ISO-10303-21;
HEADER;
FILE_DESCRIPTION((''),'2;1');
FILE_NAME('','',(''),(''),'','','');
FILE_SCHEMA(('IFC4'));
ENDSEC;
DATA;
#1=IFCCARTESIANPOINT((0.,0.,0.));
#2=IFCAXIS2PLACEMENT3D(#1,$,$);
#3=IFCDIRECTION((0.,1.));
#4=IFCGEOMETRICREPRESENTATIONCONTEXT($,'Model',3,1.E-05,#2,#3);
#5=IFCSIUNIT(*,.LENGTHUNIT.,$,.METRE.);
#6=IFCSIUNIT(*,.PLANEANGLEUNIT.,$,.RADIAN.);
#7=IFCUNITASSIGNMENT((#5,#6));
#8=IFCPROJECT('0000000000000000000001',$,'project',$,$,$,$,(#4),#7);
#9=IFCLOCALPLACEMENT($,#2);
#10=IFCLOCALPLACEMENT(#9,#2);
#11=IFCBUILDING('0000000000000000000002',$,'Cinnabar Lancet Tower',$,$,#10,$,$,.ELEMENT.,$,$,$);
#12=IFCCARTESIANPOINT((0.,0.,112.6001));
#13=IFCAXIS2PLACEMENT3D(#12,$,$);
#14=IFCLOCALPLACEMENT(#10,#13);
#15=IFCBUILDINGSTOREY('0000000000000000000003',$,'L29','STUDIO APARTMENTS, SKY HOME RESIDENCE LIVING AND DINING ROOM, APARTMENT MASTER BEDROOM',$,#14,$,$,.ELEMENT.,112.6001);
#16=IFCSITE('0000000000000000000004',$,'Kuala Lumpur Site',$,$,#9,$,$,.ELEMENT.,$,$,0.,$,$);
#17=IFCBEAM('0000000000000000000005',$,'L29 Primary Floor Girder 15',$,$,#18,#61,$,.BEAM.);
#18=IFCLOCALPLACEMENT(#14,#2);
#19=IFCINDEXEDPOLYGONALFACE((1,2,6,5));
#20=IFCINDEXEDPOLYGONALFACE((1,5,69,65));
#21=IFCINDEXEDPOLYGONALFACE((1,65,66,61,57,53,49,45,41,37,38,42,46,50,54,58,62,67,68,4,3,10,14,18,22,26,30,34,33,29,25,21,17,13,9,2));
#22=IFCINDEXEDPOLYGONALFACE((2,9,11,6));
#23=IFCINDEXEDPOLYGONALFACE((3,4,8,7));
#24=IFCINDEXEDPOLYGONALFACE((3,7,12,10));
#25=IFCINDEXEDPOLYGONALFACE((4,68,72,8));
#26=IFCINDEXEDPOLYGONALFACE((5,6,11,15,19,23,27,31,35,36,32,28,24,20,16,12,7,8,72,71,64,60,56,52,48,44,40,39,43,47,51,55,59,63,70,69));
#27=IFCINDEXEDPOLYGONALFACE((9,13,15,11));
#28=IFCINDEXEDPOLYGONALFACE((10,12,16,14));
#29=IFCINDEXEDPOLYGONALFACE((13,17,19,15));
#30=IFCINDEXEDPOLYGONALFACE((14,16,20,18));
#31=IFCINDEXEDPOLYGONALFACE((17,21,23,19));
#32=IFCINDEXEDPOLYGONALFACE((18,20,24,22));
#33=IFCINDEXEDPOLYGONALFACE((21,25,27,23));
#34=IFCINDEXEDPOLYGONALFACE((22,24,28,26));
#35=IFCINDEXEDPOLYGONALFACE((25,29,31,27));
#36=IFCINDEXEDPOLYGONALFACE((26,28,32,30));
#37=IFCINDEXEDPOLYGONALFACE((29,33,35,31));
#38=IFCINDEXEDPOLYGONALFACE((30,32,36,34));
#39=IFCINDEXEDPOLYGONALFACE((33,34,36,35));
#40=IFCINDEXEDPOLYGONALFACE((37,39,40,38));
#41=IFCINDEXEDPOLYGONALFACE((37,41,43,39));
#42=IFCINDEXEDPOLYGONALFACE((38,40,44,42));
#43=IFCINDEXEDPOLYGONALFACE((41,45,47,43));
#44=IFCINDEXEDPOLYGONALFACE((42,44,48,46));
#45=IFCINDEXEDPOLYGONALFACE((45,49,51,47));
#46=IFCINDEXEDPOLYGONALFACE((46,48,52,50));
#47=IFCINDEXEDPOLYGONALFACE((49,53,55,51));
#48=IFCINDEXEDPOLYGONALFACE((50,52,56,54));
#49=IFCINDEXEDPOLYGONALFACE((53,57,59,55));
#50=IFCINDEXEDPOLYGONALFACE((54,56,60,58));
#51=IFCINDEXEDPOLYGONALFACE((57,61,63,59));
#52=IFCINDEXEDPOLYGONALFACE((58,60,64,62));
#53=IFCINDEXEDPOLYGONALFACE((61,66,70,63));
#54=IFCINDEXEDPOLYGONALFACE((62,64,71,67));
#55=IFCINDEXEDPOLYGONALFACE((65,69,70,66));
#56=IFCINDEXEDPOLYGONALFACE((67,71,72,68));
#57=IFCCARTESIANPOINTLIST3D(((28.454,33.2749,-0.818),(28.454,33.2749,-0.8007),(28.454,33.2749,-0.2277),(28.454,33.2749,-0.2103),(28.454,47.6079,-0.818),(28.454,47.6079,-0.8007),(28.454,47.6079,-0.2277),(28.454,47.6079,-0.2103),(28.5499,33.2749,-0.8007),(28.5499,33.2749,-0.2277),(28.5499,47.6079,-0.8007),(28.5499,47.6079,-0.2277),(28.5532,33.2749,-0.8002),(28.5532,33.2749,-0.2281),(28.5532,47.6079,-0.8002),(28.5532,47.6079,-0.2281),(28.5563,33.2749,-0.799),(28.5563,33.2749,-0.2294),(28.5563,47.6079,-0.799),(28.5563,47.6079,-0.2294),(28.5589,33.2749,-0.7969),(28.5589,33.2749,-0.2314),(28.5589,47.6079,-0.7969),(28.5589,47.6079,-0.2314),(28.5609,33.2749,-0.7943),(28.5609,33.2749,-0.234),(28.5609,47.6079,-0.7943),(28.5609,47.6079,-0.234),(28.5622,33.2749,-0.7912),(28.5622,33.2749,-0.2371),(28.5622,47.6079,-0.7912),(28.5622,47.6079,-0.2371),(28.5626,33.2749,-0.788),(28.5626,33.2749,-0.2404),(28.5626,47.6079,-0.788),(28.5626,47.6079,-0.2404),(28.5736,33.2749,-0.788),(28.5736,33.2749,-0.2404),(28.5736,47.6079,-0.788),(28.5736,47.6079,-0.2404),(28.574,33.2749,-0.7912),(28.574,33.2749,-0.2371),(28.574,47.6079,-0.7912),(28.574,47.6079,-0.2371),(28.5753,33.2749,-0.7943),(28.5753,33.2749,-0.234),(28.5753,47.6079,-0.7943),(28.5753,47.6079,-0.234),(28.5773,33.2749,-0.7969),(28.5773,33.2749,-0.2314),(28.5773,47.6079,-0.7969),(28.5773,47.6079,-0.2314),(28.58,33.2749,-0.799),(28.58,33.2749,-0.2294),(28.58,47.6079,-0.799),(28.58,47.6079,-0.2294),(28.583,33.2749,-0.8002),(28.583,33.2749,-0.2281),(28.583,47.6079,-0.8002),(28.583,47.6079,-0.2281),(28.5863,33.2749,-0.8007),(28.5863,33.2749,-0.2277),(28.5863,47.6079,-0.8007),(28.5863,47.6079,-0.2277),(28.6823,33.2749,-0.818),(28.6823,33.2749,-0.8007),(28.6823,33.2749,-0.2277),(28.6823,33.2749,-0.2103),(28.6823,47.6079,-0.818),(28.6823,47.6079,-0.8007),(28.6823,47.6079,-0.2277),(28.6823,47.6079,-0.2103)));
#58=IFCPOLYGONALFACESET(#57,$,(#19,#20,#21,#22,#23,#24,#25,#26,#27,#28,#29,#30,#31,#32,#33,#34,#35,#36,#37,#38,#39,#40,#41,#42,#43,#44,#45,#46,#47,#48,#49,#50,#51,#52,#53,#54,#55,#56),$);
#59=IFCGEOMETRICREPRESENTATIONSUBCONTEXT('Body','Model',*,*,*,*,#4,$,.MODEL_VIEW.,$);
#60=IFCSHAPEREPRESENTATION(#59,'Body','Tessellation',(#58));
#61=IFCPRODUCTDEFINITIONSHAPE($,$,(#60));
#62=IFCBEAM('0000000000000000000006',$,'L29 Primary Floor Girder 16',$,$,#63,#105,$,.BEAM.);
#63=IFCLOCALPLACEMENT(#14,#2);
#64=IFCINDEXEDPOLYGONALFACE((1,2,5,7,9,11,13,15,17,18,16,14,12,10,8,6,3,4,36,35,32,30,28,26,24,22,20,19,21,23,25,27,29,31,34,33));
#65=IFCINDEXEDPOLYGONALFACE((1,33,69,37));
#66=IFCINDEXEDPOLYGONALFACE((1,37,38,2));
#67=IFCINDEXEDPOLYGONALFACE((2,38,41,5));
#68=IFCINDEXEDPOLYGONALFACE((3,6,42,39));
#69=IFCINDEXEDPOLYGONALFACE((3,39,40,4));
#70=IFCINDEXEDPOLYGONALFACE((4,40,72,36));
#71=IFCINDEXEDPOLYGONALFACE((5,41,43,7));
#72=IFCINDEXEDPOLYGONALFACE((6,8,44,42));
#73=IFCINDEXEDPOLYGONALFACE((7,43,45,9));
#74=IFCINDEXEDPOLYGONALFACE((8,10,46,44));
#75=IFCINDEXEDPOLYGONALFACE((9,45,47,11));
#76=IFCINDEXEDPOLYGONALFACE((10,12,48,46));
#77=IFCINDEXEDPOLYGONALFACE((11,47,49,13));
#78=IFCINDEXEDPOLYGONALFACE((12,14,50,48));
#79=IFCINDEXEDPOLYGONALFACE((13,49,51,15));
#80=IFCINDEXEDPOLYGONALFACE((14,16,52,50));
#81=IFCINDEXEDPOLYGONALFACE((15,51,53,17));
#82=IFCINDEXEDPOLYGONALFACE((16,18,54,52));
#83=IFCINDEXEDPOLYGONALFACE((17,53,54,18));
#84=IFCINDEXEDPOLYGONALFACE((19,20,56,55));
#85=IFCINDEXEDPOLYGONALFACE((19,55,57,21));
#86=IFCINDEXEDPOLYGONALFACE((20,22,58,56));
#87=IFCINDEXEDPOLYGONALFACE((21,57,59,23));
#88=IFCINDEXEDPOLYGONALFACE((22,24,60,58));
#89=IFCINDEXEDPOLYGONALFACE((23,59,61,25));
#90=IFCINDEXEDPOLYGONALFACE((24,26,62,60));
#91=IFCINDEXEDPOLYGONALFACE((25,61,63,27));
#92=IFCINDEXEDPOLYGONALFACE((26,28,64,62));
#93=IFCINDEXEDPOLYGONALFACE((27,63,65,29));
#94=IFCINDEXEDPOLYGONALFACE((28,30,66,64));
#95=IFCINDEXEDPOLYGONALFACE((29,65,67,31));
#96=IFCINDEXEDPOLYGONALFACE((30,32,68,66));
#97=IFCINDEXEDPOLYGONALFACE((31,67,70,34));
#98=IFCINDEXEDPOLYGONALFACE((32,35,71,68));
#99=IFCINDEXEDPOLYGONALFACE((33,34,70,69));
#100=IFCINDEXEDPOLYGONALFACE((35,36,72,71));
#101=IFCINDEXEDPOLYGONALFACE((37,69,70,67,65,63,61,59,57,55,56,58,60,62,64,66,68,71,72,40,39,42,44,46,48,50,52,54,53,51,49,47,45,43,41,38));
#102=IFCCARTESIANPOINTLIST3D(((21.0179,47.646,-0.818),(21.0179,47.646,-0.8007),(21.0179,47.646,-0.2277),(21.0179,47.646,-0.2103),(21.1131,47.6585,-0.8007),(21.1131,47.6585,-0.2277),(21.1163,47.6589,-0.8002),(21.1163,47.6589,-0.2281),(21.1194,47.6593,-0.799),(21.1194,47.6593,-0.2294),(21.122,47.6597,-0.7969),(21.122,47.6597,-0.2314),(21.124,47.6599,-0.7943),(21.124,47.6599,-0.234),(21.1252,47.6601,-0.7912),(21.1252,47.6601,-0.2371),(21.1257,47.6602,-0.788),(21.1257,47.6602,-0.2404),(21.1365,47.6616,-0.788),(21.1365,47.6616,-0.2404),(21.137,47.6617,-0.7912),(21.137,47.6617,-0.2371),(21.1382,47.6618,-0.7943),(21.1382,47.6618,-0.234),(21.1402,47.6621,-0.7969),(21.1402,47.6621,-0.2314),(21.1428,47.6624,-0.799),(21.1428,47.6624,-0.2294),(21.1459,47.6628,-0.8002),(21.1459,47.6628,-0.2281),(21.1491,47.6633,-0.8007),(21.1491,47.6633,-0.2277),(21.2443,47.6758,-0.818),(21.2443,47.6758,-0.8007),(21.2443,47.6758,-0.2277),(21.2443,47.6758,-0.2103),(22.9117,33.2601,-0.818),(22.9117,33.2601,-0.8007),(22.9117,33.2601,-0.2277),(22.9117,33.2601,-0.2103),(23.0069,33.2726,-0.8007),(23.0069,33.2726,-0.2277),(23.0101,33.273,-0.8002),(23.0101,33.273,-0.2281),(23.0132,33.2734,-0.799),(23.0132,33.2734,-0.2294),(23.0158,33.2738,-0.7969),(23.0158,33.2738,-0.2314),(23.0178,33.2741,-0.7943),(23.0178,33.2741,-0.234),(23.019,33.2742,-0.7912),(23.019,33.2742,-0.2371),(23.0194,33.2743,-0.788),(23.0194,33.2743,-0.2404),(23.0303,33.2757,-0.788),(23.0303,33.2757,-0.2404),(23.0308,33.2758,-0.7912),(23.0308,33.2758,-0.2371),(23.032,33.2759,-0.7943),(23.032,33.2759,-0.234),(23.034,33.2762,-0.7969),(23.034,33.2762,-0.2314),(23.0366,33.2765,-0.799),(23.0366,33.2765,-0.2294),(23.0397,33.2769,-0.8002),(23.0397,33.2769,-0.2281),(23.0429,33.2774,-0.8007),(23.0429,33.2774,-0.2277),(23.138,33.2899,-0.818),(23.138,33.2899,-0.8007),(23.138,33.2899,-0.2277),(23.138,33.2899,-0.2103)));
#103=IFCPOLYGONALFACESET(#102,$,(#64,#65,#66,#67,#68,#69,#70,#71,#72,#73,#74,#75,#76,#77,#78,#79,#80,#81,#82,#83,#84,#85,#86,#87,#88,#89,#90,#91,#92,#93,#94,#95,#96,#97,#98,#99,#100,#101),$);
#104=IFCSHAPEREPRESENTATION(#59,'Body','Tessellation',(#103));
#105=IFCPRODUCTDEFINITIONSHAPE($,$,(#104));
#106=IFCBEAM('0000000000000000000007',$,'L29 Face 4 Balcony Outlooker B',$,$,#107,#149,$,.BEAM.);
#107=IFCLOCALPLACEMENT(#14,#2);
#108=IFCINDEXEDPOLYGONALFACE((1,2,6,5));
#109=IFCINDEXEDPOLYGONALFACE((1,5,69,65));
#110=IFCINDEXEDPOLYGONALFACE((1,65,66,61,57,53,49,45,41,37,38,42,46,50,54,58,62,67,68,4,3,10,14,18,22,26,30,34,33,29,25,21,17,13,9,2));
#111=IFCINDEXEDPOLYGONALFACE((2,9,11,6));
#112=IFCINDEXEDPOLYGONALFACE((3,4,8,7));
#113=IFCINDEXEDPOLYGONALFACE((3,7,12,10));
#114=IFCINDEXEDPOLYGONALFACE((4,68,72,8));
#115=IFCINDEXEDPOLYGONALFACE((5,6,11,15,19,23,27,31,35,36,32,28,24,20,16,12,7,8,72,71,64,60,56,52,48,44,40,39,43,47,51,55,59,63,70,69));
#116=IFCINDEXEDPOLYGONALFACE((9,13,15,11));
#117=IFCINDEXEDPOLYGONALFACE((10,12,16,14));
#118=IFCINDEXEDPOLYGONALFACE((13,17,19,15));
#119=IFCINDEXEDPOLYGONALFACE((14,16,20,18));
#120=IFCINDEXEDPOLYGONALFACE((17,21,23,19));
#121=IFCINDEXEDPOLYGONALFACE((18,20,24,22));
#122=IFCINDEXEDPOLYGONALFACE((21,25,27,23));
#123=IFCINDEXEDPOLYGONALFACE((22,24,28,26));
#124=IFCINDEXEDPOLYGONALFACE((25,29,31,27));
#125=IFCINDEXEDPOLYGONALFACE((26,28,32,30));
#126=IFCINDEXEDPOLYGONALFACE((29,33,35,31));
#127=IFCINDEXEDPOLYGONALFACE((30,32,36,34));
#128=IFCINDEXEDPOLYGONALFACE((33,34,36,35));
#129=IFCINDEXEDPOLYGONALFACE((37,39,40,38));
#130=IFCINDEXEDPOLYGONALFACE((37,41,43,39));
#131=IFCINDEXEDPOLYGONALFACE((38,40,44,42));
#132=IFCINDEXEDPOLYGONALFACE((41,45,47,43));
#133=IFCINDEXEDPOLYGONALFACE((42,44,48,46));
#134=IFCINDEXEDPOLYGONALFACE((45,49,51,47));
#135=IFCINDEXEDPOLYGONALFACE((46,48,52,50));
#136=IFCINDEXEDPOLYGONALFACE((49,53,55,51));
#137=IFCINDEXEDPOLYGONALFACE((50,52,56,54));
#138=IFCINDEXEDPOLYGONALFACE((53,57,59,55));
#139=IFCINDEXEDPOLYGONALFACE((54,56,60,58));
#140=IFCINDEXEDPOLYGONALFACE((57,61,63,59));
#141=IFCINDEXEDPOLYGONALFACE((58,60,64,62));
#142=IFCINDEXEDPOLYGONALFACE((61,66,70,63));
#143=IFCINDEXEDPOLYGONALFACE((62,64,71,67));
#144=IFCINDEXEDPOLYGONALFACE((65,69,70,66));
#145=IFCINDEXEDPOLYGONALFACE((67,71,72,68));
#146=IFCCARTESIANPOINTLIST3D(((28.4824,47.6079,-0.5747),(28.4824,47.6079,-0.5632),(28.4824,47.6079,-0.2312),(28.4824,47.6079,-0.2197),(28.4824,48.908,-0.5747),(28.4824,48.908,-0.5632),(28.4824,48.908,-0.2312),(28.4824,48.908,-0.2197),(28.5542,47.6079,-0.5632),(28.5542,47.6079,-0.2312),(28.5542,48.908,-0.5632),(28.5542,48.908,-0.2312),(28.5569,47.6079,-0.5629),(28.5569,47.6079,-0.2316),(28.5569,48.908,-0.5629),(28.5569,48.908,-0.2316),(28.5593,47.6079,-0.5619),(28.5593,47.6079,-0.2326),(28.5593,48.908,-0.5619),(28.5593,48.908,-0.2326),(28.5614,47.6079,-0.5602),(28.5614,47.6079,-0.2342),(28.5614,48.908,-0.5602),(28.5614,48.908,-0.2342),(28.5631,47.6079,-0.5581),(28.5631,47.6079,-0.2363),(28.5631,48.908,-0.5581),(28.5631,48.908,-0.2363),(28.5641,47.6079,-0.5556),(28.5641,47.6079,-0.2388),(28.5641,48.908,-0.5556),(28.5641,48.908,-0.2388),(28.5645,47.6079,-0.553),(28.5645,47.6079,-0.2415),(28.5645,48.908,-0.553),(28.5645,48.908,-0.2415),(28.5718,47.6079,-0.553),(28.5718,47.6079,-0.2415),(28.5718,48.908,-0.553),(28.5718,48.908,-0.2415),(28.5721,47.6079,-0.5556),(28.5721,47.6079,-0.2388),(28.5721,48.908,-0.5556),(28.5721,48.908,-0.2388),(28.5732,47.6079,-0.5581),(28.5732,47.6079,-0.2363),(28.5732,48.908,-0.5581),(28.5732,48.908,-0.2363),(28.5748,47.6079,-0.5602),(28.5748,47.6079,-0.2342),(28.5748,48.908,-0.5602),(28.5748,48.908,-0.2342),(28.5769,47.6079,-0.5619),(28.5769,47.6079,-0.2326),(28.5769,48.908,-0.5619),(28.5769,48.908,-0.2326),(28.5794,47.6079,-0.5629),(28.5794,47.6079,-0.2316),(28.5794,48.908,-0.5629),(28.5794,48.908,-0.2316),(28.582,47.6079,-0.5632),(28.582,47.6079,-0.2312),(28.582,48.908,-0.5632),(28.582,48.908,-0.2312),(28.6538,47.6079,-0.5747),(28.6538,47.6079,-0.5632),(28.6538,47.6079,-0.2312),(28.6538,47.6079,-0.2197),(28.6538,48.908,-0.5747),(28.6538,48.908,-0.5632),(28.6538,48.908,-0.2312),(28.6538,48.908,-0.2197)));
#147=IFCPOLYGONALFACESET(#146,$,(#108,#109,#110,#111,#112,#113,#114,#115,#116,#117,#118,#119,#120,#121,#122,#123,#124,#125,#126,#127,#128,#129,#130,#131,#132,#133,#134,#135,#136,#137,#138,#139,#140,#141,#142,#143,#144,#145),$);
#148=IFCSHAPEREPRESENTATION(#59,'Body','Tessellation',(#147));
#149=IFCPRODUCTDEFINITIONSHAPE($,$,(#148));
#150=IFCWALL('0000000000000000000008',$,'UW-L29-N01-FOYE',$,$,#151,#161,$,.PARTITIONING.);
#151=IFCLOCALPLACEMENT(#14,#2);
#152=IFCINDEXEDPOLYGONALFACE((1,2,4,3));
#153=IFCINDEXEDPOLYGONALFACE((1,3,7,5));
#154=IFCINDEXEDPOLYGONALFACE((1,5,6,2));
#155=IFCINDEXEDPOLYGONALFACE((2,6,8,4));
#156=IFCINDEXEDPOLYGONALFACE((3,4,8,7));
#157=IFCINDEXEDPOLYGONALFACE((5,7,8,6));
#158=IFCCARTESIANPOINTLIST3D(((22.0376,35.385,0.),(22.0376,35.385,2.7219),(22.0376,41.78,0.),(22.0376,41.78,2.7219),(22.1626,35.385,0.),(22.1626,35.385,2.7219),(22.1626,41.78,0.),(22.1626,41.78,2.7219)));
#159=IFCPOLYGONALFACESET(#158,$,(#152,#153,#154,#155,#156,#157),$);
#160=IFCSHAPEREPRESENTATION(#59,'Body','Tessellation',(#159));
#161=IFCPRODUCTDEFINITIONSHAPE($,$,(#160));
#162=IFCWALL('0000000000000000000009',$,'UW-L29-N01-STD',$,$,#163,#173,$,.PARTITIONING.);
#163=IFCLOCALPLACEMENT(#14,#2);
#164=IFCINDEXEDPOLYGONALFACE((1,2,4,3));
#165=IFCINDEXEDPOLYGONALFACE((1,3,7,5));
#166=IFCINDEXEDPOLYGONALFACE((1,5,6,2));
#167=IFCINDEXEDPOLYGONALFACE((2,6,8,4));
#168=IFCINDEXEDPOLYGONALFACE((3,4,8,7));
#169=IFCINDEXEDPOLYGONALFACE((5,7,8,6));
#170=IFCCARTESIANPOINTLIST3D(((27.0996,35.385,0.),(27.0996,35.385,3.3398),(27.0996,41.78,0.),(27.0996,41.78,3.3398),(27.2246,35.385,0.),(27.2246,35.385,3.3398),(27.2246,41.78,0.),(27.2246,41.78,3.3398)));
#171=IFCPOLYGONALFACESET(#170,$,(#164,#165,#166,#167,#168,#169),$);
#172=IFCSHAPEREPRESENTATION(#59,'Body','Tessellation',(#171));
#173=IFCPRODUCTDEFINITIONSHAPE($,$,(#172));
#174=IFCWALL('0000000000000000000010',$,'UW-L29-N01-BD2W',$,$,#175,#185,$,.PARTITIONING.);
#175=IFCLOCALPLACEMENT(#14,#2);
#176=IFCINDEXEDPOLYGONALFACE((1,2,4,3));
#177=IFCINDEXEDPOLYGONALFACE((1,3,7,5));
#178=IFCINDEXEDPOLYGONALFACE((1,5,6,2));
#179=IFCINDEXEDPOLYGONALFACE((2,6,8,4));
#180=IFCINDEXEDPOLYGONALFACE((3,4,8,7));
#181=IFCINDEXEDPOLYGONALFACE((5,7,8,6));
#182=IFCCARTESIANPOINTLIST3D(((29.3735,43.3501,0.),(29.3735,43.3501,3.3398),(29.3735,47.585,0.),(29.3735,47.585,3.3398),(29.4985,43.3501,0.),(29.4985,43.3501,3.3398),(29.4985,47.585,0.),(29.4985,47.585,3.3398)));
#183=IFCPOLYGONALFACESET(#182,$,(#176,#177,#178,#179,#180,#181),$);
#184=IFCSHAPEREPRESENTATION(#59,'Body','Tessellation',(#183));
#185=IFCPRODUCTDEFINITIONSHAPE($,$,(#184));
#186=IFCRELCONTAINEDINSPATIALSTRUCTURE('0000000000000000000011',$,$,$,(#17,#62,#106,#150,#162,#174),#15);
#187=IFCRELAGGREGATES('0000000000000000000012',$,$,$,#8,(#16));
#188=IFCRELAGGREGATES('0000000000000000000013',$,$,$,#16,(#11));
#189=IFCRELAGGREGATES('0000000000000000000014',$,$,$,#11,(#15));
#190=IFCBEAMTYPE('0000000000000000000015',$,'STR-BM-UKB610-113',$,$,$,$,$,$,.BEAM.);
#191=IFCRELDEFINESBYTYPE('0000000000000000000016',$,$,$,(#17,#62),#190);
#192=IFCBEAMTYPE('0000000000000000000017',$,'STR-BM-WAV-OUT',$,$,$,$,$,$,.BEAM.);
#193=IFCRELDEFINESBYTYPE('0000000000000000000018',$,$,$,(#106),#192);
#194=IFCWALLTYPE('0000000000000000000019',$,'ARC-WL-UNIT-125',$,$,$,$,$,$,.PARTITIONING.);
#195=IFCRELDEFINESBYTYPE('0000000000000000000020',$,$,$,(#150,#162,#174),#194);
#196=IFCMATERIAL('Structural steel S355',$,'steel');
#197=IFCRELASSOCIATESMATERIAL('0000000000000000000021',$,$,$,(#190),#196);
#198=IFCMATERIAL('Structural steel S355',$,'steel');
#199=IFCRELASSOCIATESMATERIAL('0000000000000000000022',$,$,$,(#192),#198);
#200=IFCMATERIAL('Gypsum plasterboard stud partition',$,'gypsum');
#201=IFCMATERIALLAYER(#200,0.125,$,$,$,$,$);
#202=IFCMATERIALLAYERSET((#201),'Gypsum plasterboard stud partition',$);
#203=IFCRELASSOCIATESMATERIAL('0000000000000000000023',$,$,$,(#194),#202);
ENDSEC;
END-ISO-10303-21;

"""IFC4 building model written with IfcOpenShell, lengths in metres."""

from ifc_helpers import new_model, si_unit, direction, frame, frame_2d, origin, origin_2d, place, context, subcontext, project, spatial, rectangle, i_section, extrude, material, layer, layer_set, material_profile, profile_set, type_object, element, save


model = new_model("IFC4")

# Units and contexts
model_context = context("Model", 3, precision=1e-05, world=origin(), true_north=direction((0.0, 1.0)))
body_context = subcontext(model_context, "Body", "Model", "MODEL_VIEW")
ifc_project = project(units=[si_unit("LENGTHUNIT", "METRE"), si_unit("PLANEANGLEUNIT", "RADIAN")], contexts=[model_context])

# Site, building, storey
site_placement = place(None, origin())
site = spatial("IfcSite", under=ifc_project, at=site_placement, Name="Kuala Lumpur Site", CompositionType="ELEMENT", RefElevation=0.0)
building_placement = place(site_placement, origin())
building = spatial("IfcBuilding", under=site, at=building_placement, Name="Cinnabar Lancet Tower", CompositionType="ELEMENT")
storey_placement = place(building_placement, frame((0.0, 0.0, 112.6001)))
storey = spatial("IfcBuildingStorey", under=building, at=storey_placement, Name="L29", Description="STUDIO APARTMENTS, SKY HOME RESIDENCE LIVING AND DINING ROOM, APARTMENT MASTER BEDROOM", CompositionType="ELEMENT", Elevation=112.6001)

# Beams
ifc_material_1 = material(Name="Structural steel S355", Category="steel")
ifc_material_profile_1 = material_profile(ifc_material_1, i_section(OverallWidth=0.2283, OverallDepth=0.6077, WebThickness=0.011, FlangeThickness=0.0173, FilletRadius=0.0127, at=origin_2d()), Name="UKB 610x229x113")
ifc_profile_set_1 = profile_set([ifc_material_profile_1], Name="Structural steel S355")
beam_type_1 = type_object("IfcBeamType", Name="STR-BM-UKB610-113", PredefinedType="BEAM", material=ifc_profile_set_1)
beam_1_placement = place(storey_placement, frame((28.5681, 47.6079, -0.5142), z_axis=(0.0, -1.0, 0.0), x_axis=(1.0, 0.0, 0.0)))
element("IfcBeam", 1, at=beam_1_placement, inside=storey, type_object=beam_type_1, Name="L29 Primary Floor Girder 15", PredefinedType="BEAM", context=body_context, shape_type="SweptSolid", body=[
    extrude(i_section(OverallWidth=0.2283, OverallDepth=0.6077, WebThickness=0.011, FlangeThickness=0.0173, FilletRadius=0.0127, at=origin_2d()), origin(), (0.0, 0.0, 1.0), 14.333),
])
beam_2_placement = place(storey_placement, frame((21.1311, 47.6609, -0.5142), z_axis=(0.130516, -0.991446, 0.0), x_axis=(0.991446, 0.130516, 0.0)))
element("IfcBeam", 2, at=beam_2_placement, inside=storey, type_object=beam_type_1, Name="L29 Primary Floor Girder 16", PredefinedType="BEAM", context=body_context, shape_type="SweptSolid", body=[
    extrude(i_section(OverallWidth=0.2283, OverallDepth=0.6077, WebThickness=0.011, FlangeThickness=0.0173, FilletRadius=0.0127, at=origin_2d()), origin(), (0.0, 0.0, 1.0), 14.51),
])
ifc_material_2 = material(Name="Structural steel S355", Category="steel")
ifc_material_profile_2 = material_profile(ifc_material_2, i_section(OverallWidth=0.1714, OverallDepth=0.355, WebThickness=0.0073, FlangeThickness=0.0115, FilletRadius=0.0103, at=origin_2d()), Name="UKB 356x171x51")
ifc_profile_set_2 = profile_set([ifc_material_profile_2], Name="Structural steel S355")
beam_type_2 = type_object("IfcBeamType", Name="STR-BM-WAV-OUT", PredefinedType="BEAM", material=ifc_profile_set_2)
beam_3_placement = place(storey_placement, frame((28.5681, 47.6079, -0.3972), z_axis=(0.0, 1.0, 0.0), x_axis=(-1.0, 0.0, 0.0)))
element("IfcBeam", 3, at=beam_3_placement, inside=storey, type_object=beam_type_2, Name="L29 Face 4 Balcony Outlooker B", PredefinedType="BEAM", context=body_context, shape_type="SweptSolid", body=[
    extrude(i_section(OverallWidth=0.1714, OverallDepth=0.355, WebThickness=0.0073, FlangeThickness=0.0115, FilletRadius=0.0103, at=origin_2d()), origin(), (0.0, 0.0, 1.0), 1.3),
])

# Walls
ifc_material_3 = material(Name="Gypsum plasterboard stud partition", Category="gypsum")
ifc_layer_1 = layer(ifc_material_3, 0.125)
ifc_layer_set_1 = layer_set([ifc_layer_1], Name="Gypsum plasterboard stud partition")
wall_type_1 = type_object("IfcWallType", Name="ARC-WL-UNIT-125", PredefinedType="PARTITIONING", material=ifc_layer_set_1)
wall_1_placement = place(storey_placement, frame((22.1001, 35.385, 0.0), z_axis=(0.0, 0.0, 1.0), x_axis=(0.0, 1.0, 0.0)))
element("IfcWall", 4, at=wall_1_placement, inside=storey, type_object=wall_type_1, Name="UW-L29-N01-FOYE", PredefinedType="PARTITIONING", context=body_context, shape_type="SweptSolid", body=[
    extrude(rectangle(XDim=6.395, YDim=0.125, at=frame_2d((3.1975, 0.0))), origin(), (0.0, 0.0, 1.0), 2.7219),
])
wall_2_placement = place(storey_placement, frame((27.1621, 35.385, 0.0), z_axis=(0.0, 0.0, 1.0), x_axis=(0.0, 1.0, 0.0)))
element("IfcWall", 5, at=wall_2_placement, inside=storey, type_object=wall_type_1, Name="UW-L29-N01-STD", PredefinedType="PARTITIONING", context=body_context, shape_type="SweptSolid", body=[
    extrude(rectangle(XDim=6.395, YDim=0.125, at=frame_2d((3.1975, 0.0))), origin(), (0.0, 0.0, 1.0), 3.3398),
])
wall_3_placement = place(storey_placement, frame((29.436, 43.3501, 0.0), z_axis=(0.0, 0.0, 1.0), x_axis=(0.0, 1.0, 0.0)))
element("IfcWall", 6, at=wall_3_placement, inside=storey, type_object=wall_type_1, Name="UW-L29-N01-BD2W", PredefinedType="PARTITIONING", context=body_context, shape_type="SweptSolid", body=[
    extrude(rectangle(XDim=4.2349, YDim=0.125, at=frame_2d((2.1174, 0.0))), origin(), (0.0, 0.0, 1.0), 3.3398),
])

save(model, "model.ifc")
